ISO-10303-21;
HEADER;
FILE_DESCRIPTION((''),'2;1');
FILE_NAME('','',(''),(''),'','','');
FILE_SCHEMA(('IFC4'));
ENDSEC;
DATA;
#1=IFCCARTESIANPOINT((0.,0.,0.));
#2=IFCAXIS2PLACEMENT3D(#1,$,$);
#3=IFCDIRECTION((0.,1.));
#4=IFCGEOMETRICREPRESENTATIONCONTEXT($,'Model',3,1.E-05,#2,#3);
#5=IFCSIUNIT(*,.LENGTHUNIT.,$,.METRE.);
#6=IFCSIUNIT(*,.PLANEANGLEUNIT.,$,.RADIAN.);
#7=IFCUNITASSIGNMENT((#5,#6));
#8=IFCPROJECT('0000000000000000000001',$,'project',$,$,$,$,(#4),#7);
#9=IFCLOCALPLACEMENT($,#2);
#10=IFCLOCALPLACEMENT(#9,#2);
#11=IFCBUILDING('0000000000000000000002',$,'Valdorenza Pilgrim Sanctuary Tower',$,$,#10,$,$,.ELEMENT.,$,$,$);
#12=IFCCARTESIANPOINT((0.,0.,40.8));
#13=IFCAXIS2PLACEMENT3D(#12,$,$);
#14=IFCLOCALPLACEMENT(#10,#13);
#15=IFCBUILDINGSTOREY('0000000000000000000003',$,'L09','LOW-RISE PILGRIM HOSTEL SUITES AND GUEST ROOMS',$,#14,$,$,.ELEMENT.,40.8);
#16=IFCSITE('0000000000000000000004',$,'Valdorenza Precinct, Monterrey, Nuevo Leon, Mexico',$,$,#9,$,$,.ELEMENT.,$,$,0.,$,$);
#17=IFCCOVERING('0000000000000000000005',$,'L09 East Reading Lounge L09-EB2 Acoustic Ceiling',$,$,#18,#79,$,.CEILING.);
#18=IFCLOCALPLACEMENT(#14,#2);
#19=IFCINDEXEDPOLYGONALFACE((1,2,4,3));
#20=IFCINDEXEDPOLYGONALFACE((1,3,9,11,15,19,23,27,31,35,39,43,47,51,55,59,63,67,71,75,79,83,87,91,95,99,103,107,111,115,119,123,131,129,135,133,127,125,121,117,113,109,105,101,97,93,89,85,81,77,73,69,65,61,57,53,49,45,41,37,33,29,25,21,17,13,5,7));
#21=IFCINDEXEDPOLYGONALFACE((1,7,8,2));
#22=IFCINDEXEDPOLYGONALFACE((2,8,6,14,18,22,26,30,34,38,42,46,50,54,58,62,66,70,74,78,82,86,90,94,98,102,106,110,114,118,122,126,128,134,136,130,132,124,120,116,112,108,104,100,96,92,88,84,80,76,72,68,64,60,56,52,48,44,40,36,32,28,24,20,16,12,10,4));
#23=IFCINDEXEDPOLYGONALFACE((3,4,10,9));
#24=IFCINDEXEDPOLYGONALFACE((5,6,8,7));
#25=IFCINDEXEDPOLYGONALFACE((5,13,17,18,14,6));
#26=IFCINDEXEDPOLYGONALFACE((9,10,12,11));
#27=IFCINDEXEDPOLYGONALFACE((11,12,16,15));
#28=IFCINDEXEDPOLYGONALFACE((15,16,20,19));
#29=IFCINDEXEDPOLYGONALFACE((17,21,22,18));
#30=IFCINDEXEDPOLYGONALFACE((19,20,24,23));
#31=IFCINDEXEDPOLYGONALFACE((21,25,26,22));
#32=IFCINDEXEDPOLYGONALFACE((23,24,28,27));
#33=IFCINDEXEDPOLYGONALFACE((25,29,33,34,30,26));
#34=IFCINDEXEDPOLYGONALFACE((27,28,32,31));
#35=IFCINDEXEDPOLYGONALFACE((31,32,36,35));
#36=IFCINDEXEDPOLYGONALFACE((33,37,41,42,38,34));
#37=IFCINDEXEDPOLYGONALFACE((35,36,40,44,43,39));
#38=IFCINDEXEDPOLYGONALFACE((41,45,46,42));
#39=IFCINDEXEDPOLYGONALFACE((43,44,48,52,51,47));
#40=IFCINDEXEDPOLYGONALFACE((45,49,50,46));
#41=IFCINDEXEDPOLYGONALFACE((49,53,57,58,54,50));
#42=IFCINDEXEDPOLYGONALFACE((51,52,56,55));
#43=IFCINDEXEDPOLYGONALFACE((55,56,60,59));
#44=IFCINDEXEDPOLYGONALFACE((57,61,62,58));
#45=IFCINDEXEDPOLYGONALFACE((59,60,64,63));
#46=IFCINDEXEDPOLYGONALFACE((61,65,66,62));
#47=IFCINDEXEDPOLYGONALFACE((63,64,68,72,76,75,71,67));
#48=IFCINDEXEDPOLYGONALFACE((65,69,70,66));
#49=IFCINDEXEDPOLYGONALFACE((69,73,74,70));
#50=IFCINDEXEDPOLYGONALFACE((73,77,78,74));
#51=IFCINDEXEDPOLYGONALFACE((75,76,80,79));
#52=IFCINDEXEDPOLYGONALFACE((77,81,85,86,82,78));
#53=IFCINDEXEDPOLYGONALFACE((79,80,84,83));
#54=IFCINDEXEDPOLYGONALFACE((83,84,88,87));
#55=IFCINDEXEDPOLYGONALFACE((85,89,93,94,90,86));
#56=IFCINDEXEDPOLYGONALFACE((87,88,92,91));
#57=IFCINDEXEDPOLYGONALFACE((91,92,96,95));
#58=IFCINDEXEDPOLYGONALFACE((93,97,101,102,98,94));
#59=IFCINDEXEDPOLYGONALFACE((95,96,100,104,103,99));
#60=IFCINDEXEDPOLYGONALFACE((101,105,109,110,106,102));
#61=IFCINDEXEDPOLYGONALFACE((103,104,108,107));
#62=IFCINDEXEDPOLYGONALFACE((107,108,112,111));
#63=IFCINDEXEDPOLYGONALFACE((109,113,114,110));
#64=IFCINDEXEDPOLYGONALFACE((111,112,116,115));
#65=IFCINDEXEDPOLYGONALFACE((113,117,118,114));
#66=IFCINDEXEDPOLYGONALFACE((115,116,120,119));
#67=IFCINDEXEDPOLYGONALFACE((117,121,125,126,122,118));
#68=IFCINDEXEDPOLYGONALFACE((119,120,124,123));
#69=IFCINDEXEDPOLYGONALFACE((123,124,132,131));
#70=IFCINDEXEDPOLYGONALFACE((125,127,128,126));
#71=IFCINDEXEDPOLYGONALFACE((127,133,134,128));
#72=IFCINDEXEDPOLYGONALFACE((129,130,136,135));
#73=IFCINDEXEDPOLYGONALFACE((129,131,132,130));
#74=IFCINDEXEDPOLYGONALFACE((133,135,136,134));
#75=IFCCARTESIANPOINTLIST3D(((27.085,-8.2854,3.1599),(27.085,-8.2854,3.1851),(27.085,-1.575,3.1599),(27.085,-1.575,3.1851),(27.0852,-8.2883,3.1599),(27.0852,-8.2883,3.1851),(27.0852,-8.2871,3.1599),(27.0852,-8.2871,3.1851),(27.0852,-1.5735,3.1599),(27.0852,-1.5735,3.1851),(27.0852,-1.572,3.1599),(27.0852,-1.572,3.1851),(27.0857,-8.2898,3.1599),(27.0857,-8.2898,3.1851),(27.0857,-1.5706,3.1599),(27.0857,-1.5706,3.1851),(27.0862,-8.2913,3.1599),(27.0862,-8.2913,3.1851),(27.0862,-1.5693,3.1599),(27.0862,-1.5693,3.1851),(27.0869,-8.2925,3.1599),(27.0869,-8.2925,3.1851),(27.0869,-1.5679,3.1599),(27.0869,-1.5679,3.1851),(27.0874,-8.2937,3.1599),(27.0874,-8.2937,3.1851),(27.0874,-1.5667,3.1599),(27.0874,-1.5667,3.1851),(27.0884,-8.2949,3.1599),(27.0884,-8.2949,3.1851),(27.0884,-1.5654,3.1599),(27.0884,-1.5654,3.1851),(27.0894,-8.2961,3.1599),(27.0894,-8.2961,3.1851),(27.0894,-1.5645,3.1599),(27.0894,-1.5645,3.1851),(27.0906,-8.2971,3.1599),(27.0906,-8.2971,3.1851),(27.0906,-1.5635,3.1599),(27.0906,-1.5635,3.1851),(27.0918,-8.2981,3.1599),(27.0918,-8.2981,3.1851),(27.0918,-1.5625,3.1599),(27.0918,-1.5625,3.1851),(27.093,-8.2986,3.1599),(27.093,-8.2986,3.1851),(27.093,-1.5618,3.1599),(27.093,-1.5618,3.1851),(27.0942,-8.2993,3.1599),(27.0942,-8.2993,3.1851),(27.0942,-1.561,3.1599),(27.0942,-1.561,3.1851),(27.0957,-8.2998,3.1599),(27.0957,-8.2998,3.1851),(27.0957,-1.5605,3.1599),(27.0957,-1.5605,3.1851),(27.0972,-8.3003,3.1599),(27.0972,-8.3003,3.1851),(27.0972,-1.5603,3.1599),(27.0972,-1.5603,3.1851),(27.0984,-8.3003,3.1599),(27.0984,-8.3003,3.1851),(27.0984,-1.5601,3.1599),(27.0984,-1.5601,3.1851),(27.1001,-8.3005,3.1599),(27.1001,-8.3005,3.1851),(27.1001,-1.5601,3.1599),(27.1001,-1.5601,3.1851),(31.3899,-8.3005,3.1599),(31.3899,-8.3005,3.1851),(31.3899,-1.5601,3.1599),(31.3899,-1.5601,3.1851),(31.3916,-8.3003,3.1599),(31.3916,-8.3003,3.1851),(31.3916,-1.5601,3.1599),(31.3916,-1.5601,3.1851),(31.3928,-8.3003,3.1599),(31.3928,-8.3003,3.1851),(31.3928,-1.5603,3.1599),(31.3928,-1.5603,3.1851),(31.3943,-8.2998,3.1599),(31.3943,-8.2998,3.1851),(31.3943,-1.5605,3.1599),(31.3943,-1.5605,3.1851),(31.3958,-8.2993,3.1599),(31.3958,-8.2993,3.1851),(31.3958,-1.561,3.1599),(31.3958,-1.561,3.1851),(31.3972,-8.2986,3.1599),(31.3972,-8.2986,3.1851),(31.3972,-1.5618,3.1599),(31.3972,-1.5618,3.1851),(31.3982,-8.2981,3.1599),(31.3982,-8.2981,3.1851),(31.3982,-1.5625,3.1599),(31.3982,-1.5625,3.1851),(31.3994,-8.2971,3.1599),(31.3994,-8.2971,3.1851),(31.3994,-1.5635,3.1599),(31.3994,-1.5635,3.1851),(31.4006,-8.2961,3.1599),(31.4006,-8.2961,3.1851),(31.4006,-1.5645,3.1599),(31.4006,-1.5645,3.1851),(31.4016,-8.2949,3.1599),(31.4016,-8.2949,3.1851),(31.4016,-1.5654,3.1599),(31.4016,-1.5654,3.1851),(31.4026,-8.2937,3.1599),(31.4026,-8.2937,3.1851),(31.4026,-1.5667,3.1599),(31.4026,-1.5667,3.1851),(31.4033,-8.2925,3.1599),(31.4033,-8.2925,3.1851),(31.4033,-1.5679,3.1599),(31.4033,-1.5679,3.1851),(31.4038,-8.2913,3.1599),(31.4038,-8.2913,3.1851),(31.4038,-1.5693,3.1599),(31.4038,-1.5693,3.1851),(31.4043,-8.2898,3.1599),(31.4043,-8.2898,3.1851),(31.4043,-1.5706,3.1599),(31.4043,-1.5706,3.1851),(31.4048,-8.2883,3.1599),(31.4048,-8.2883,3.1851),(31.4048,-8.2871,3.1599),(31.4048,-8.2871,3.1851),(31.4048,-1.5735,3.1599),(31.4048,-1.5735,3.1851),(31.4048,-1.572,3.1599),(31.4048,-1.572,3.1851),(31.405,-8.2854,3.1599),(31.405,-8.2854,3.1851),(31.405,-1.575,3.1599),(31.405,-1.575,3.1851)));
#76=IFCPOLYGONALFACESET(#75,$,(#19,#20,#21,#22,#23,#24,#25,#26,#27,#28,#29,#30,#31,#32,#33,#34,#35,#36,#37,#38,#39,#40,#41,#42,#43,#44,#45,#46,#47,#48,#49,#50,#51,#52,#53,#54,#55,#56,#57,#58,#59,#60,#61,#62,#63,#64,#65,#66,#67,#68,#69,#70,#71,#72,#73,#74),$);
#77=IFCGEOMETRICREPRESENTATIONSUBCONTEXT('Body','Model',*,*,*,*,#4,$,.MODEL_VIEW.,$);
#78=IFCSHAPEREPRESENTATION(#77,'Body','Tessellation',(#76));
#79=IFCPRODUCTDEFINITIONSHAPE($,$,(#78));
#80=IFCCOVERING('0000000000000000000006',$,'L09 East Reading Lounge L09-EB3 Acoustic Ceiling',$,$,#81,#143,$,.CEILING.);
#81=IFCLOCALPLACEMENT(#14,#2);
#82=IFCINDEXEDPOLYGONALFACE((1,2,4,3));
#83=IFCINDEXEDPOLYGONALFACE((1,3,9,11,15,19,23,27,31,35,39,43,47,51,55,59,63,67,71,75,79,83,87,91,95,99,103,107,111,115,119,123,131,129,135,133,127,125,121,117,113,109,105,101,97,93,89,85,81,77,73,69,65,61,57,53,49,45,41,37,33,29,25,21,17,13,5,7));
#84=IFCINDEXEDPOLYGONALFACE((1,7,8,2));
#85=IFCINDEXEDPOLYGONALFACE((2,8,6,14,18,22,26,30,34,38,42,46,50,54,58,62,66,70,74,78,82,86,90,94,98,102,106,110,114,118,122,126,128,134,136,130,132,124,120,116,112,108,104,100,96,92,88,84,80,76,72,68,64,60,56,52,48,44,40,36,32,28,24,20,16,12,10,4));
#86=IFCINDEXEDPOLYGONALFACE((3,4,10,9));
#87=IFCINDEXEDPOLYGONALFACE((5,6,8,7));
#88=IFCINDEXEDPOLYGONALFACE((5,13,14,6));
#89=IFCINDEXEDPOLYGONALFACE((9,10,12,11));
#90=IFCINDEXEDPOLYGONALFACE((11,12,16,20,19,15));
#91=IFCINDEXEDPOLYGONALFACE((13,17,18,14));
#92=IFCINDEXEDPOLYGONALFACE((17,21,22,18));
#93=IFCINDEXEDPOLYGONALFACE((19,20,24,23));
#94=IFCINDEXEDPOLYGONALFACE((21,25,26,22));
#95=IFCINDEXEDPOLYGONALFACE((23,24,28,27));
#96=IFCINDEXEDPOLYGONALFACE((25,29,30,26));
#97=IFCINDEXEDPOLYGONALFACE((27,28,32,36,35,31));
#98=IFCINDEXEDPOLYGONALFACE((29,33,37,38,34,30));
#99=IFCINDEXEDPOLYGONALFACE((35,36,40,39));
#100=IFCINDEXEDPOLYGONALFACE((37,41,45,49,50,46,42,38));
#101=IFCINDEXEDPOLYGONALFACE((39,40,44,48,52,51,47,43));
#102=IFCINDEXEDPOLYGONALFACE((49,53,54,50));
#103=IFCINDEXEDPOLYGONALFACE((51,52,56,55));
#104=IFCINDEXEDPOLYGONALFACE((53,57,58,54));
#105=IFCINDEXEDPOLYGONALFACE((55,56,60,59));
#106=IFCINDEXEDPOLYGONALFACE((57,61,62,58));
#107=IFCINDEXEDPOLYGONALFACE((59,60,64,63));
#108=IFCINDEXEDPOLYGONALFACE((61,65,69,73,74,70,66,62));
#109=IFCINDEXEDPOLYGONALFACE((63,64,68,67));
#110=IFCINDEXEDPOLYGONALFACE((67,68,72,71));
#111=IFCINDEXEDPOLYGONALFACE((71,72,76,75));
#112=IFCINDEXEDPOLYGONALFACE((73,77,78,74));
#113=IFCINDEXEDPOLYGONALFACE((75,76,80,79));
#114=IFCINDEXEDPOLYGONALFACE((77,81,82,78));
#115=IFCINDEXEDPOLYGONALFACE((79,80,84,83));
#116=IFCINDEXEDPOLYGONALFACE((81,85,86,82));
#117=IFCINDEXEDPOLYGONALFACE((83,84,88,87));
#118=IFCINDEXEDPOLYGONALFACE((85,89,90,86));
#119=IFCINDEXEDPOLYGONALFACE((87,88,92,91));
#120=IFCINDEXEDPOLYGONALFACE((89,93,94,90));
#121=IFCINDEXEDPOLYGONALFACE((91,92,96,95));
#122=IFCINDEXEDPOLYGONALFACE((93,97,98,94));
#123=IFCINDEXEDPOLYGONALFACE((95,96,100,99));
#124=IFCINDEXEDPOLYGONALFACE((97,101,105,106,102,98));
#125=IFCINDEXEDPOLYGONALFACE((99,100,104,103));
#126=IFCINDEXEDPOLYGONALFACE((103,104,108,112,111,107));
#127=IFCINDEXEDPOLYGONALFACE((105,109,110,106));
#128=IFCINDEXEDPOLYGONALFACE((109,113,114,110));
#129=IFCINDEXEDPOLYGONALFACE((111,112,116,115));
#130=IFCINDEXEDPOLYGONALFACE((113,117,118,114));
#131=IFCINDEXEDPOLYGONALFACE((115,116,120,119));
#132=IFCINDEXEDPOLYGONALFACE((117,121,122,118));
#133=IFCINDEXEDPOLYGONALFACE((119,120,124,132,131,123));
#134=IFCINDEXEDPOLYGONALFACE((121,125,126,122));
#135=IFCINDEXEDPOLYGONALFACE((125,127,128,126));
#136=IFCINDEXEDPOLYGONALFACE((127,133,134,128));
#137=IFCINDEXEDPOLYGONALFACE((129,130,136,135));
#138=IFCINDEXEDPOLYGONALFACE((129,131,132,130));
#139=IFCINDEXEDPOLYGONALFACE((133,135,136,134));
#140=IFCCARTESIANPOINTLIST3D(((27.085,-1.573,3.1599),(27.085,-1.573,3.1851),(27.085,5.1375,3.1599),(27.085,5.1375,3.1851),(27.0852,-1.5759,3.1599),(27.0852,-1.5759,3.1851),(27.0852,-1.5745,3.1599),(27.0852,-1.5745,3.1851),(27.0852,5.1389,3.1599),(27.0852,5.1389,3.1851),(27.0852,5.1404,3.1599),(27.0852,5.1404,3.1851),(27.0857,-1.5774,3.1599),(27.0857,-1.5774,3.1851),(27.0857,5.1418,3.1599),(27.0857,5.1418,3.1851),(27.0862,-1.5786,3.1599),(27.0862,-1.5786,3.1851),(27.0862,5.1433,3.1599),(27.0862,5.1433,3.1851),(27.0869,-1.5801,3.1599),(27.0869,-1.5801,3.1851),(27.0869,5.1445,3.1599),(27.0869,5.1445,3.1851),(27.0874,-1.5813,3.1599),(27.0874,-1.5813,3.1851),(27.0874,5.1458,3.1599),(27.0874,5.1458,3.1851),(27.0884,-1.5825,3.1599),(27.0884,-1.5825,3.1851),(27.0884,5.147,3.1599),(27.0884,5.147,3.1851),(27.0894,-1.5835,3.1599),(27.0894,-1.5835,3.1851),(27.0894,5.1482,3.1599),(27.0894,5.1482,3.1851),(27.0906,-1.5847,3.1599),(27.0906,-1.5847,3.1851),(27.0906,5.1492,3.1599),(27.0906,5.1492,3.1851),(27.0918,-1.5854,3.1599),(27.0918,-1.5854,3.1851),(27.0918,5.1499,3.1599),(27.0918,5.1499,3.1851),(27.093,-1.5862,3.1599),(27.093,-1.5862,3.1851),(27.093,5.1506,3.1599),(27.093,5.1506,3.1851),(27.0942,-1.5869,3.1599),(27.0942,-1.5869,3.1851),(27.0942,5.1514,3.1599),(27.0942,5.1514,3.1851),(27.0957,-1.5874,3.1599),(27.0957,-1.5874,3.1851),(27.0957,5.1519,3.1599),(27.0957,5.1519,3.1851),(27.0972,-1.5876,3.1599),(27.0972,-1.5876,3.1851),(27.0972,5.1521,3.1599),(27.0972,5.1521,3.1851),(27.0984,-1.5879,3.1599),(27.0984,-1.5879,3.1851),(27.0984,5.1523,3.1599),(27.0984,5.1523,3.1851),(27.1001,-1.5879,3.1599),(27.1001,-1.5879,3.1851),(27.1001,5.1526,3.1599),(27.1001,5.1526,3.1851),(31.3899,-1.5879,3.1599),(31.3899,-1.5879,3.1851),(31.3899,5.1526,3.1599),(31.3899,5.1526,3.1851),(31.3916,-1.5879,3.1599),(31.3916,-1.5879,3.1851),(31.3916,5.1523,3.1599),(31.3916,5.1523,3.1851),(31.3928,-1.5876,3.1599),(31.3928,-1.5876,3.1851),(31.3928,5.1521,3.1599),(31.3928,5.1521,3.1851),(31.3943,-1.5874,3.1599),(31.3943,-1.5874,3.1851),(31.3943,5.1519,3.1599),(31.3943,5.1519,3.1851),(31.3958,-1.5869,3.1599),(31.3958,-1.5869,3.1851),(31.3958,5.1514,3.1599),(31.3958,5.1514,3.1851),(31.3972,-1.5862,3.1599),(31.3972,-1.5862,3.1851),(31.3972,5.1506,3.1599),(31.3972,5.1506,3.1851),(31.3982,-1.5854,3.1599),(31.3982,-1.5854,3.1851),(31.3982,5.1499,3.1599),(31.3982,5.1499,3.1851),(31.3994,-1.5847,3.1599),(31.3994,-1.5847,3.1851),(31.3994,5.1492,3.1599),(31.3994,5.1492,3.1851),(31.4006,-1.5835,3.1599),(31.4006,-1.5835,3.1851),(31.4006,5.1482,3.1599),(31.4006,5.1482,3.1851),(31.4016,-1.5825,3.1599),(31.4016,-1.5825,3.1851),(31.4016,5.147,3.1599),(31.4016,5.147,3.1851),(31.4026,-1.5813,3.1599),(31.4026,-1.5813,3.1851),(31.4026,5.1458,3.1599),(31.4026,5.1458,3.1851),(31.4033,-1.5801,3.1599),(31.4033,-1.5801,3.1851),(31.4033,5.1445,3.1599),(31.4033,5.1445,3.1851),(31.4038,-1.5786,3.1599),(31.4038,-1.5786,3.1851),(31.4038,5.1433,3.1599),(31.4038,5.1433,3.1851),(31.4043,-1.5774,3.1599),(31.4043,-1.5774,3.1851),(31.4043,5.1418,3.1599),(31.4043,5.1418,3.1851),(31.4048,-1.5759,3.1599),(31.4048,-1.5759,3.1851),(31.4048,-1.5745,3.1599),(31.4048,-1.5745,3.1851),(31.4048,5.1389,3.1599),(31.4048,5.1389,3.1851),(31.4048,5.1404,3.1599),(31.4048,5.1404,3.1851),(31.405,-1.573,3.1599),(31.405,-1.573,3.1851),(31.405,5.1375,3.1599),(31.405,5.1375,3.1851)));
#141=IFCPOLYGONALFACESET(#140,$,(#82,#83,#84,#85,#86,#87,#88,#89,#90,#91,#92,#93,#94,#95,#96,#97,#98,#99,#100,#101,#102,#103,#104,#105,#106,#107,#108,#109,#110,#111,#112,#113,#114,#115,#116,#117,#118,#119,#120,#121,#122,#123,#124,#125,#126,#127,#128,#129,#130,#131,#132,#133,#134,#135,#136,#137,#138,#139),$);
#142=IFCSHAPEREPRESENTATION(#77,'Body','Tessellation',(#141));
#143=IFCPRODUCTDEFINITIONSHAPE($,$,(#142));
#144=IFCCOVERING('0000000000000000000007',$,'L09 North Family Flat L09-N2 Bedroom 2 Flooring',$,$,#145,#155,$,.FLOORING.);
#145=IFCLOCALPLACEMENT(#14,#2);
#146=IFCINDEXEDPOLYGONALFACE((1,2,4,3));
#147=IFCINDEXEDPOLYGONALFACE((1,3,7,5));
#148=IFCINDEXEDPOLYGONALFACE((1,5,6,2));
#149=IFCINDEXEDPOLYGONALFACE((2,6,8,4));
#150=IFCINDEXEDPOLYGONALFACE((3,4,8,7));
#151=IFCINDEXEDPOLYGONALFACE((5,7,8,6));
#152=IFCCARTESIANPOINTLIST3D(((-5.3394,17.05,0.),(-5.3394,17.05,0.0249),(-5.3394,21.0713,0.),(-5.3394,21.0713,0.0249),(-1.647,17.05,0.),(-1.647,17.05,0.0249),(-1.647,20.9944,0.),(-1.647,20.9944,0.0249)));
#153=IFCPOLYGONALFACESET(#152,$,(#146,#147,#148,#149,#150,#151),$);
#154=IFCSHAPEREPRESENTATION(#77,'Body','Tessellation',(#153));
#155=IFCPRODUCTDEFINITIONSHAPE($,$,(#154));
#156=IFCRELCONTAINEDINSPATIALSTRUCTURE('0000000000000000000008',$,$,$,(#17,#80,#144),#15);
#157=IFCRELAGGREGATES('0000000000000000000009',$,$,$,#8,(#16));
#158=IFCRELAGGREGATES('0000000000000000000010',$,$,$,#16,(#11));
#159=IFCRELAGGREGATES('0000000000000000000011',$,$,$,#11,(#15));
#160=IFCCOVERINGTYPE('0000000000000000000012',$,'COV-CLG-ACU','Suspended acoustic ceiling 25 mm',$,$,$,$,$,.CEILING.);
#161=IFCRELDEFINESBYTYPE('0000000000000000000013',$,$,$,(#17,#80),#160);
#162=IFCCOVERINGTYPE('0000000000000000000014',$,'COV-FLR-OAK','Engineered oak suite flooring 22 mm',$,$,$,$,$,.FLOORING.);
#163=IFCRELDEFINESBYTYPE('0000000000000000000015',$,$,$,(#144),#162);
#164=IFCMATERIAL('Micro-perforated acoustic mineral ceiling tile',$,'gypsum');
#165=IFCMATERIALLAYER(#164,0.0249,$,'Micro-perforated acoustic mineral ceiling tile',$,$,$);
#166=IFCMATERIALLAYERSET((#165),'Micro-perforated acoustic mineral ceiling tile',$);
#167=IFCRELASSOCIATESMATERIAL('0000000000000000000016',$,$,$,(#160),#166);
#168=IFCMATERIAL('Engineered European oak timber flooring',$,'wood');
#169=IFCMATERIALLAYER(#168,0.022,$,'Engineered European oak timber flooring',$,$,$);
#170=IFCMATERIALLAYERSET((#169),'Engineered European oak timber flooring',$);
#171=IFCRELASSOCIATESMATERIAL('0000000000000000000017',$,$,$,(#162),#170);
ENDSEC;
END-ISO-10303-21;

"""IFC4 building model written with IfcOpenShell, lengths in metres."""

from ifc_helpers import new_model, si_unit, direction, frame, origin, place, context, subcontext, project, spatial, polyline, outline, extrude, material, layer, layer_set, type_object, element, save


model = new_model("IFC4")

# Units and contexts
model_context = context("Model", 3, precision=1e-05, world=origin(), true_north=direction((0.0, 1.0)))
body_context = subcontext(model_context, "Body", "Model", "MODEL_VIEW")
ifc_project = project(units=[si_unit("LENGTHUNIT", "METRE"), si_unit("PLANEANGLEUNIT", "RADIAN")], contexts=[model_context])

# Site, building, storey
site_placement = place(None, origin())
site = spatial("IfcSite", under=ifc_project, at=site_placement, Name="Valdorenza Precinct, Monterrey, Nuevo Leon, Mexico", CompositionType="ELEMENT", RefElevation=0.0)
building_placement = place(site_placement, origin())
building = spatial("IfcBuilding", under=site, at=building_placement, Name="Valdorenza Pilgrim Sanctuary Tower", CompositionType="ELEMENT")
storey_placement = place(building_placement, frame((0.0, 0.0, 40.8)))
storey = spatial("IfcBuildingStorey", under=building, at=storey_placement, Name="L09", Description="LOW-RISE PILGRIM HOSTEL SUITES AND GUEST ROOMS", CompositionType="ELEMENT", Elevation=40.8)

# Coverings
ifc_material_1 = material(Name="Micro-perforated acoustic mineral ceiling tile", Category="gypsum")
ifc_layer_1 = layer(ifc_material_1, 0.0249, Name="Micro-perforated acoustic mineral ceiling tile")
ifc_layer_set_1 = layer_set([ifc_layer_1], Name="Micro-perforated acoustic mineral ceiling tile")
covering_type_1 = type_object("IfcCoveringType", Name="COV-CLG-ACU", Description="Suspended acoustic ceiling 25 mm", PredefinedType="CEILING", material=ifc_layer_set_1)
covering_1_placement = place(storey_placement, frame((0.0, 0.0, 3.1599)))
element("IfcCovering", 1, at=covering_1_placement, inside=storey, type_object=covering_type_1, Name="L09 East Reading Lounge L09-EB2 Acoustic Ceiling", PredefinedType="CEILING", context=body_context, shape_type="SweptSolid", body=[
    extrude(outline(polyline([(27.085, -1.575), (27.0852, -1.5735), (27.0852, -1.572), (27.0857, -1.5706), (27.0862, -1.5693), (27.0869, -1.5679), (27.0874, -1.5667), (27.0884, -1.5654), (27.0894, -1.5645), (27.0906, -1.5635), (27.0918, -1.5625), (27.093, -1.5618), (27.0942, -1.561), (27.0957, -1.5605), (27.0972, -1.5603), (27.0984, -1.5601), (27.1001, -1.5601), (31.3899, -1.5601), (31.3916, -1.5601), (31.3928, -1.5603), (31.3943, -1.5605), (31.3958, -1.561), (31.3972, -1.5618), (31.3982, -1.5625), (31.3994, -1.5635), (31.4006, -1.5645), (31.4016, -1.5654), (31.4026, -1.5667), (31.4033, -1.5679), (31.4038, -1.5693), (31.4043, -1.5706), (31.4048, -1.572), (31.4048, -1.5735), (31.405, -1.575), (31.405, -8.2854), (31.4048, -8.2871), (31.4048, -8.2883), (31.4043, -8.2898), (31.4038, -8.2913), (31.4033, -8.2925), (31.4026, -8.2937), (31.4016, -8.2949), (31.4006, -8.2961), (31.3994, -8.2971), (31.3982, -8.2981), (31.3972, -8.2986), (31.3958, -8.2993), (31.3943, -8.2998), (31.3928, -8.3003), (31.3916, -8.3003), (31.3899, -8.3005), (27.1001, -8.3005), (27.0984, -8.3003), (27.0972, -8.3003), (27.0957, -8.2998), (27.0942, -8.2993), (27.093, -8.2986), (27.0918, -8.2981), (27.0906, -8.2971), (27.0894, -8.2961), (27.0884, -8.2949), (27.0874, -8.2937), (27.0869, -8.2925), (27.0862, -8.2913), (27.0857, -8.2898), (27.0852, -8.2883), (27.0852, -8.2871), (27.085, -8.2854), (27.085, -1.575)])), origin(), (0.0, 0.0, 1.0), 0.0251),
])
covering_2_placement = place(storey_placement, frame((0.0, 0.0, 3.1599)))
element("IfcCovering", 2, at=covering_2_placement, inside=storey, type_object=covering_type_1, Name="L09 East Reading Lounge L09-EB3 Acoustic Ceiling", PredefinedType="CEILING", context=body_context, shape_type="SweptSolid", body=[
    extrude(outline(polyline([(27.085, 5.1375), (27.0852, 5.1389), (27.0852, 5.1404), (27.0857, 5.1418), (27.0862, 5.1433), (27.0869, 5.1445), (27.0874, 5.1458), (27.0884, 5.147), (27.0894, 5.1482), (27.0906, 5.1492), (27.0918, 5.1499), (27.093, 5.1506), (27.0942, 5.1514), (27.0957, 5.1519), (27.0972, 5.1521), (27.0984, 5.1523), (27.1001, 5.1526), (31.3899, 5.1526), (31.3916, 5.1523), (31.3928, 5.1521), (31.3943, 5.1519), (31.3958, 5.1514), (31.3972, 5.1506), (31.3982, 5.1499), (31.3994, 5.1492), (31.4006, 5.1482), (31.4016, 5.147), (31.4026, 5.1458), (31.4033, 5.1445), (31.4038, 5.1433), (31.4043, 5.1418), (31.4048, 5.1404), (31.4048, 5.1389), (31.405, 5.1375), (31.405, -1.573), (31.4048, -1.5745), (31.4048, -1.5759), (31.4043, -1.5774), (31.4038, -1.5786), (31.4033, -1.5801), (31.4026, -1.5813), (31.4016, -1.5825), (31.4006, -1.5835), (31.3994, -1.5847), (31.3982, -1.5854), (31.3972, -1.5862), (31.3958, -1.5869), (31.3943, -1.5874), (31.3928, -1.5876), (31.3916, -1.5879), (31.3899, -1.5879), (27.1001, -1.5879), (27.0984, -1.5879), (27.0972, -1.5876), (27.0957, -1.5874), (27.0942, -1.5869), (27.093, -1.5862), (27.0918, -1.5854), (27.0906, -1.5847), (27.0894, -1.5835), (27.0884, -1.5825), (27.0874, -1.5813), (27.0869, -1.5801), (27.0862, -1.5786), (27.0857, -1.5774), (27.0852, -1.5759), (27.0852, -1.5745), (27.085, -1.573), (27.085, 5.1375)])), origin(), (0.0, 0.0, 1.0), 0.0251),
])
ifc_material_2 = material(Name="Engineered European oak timber flooring", Category="wood")
ifc_layer_2 = layer(ifc_material_2, 0.022, Name="Engineered European oak timber flooring")
ifc_layer_set_2 = layer_set([ifc_layer_2], Name="Engineered European oak timber flooring")
covering_type_2 = type_object("IfcCoveringType", Name="COV-FLR-OAK", Description="Engineered oak suite flooring 22 mm", PredefinedType="FLOORING", material=ifc_layer_set_2)
covering_3_placement = place(storey_placement, origin())
element("IfcCovering", 3, at=covering_3_placement, inside=storey, type_object=covering_type_2, Name="L09 North Family Flat L09-N2 Bedroom 2 Flooring", PredefinedType="FLOORING", context=body_context, shape_type="SweptSolid", body=[
    extrude(outline(polyline([(-5.3394, 17.05), (-5.3394, 21.0713), (-1.647, 20.9944), (-1.647, 17.05), (-5.3394, 17.05)])), origin(), (0.0, 0.0, 1.0), 0.0249),
])

save(model, "model.ifc")
